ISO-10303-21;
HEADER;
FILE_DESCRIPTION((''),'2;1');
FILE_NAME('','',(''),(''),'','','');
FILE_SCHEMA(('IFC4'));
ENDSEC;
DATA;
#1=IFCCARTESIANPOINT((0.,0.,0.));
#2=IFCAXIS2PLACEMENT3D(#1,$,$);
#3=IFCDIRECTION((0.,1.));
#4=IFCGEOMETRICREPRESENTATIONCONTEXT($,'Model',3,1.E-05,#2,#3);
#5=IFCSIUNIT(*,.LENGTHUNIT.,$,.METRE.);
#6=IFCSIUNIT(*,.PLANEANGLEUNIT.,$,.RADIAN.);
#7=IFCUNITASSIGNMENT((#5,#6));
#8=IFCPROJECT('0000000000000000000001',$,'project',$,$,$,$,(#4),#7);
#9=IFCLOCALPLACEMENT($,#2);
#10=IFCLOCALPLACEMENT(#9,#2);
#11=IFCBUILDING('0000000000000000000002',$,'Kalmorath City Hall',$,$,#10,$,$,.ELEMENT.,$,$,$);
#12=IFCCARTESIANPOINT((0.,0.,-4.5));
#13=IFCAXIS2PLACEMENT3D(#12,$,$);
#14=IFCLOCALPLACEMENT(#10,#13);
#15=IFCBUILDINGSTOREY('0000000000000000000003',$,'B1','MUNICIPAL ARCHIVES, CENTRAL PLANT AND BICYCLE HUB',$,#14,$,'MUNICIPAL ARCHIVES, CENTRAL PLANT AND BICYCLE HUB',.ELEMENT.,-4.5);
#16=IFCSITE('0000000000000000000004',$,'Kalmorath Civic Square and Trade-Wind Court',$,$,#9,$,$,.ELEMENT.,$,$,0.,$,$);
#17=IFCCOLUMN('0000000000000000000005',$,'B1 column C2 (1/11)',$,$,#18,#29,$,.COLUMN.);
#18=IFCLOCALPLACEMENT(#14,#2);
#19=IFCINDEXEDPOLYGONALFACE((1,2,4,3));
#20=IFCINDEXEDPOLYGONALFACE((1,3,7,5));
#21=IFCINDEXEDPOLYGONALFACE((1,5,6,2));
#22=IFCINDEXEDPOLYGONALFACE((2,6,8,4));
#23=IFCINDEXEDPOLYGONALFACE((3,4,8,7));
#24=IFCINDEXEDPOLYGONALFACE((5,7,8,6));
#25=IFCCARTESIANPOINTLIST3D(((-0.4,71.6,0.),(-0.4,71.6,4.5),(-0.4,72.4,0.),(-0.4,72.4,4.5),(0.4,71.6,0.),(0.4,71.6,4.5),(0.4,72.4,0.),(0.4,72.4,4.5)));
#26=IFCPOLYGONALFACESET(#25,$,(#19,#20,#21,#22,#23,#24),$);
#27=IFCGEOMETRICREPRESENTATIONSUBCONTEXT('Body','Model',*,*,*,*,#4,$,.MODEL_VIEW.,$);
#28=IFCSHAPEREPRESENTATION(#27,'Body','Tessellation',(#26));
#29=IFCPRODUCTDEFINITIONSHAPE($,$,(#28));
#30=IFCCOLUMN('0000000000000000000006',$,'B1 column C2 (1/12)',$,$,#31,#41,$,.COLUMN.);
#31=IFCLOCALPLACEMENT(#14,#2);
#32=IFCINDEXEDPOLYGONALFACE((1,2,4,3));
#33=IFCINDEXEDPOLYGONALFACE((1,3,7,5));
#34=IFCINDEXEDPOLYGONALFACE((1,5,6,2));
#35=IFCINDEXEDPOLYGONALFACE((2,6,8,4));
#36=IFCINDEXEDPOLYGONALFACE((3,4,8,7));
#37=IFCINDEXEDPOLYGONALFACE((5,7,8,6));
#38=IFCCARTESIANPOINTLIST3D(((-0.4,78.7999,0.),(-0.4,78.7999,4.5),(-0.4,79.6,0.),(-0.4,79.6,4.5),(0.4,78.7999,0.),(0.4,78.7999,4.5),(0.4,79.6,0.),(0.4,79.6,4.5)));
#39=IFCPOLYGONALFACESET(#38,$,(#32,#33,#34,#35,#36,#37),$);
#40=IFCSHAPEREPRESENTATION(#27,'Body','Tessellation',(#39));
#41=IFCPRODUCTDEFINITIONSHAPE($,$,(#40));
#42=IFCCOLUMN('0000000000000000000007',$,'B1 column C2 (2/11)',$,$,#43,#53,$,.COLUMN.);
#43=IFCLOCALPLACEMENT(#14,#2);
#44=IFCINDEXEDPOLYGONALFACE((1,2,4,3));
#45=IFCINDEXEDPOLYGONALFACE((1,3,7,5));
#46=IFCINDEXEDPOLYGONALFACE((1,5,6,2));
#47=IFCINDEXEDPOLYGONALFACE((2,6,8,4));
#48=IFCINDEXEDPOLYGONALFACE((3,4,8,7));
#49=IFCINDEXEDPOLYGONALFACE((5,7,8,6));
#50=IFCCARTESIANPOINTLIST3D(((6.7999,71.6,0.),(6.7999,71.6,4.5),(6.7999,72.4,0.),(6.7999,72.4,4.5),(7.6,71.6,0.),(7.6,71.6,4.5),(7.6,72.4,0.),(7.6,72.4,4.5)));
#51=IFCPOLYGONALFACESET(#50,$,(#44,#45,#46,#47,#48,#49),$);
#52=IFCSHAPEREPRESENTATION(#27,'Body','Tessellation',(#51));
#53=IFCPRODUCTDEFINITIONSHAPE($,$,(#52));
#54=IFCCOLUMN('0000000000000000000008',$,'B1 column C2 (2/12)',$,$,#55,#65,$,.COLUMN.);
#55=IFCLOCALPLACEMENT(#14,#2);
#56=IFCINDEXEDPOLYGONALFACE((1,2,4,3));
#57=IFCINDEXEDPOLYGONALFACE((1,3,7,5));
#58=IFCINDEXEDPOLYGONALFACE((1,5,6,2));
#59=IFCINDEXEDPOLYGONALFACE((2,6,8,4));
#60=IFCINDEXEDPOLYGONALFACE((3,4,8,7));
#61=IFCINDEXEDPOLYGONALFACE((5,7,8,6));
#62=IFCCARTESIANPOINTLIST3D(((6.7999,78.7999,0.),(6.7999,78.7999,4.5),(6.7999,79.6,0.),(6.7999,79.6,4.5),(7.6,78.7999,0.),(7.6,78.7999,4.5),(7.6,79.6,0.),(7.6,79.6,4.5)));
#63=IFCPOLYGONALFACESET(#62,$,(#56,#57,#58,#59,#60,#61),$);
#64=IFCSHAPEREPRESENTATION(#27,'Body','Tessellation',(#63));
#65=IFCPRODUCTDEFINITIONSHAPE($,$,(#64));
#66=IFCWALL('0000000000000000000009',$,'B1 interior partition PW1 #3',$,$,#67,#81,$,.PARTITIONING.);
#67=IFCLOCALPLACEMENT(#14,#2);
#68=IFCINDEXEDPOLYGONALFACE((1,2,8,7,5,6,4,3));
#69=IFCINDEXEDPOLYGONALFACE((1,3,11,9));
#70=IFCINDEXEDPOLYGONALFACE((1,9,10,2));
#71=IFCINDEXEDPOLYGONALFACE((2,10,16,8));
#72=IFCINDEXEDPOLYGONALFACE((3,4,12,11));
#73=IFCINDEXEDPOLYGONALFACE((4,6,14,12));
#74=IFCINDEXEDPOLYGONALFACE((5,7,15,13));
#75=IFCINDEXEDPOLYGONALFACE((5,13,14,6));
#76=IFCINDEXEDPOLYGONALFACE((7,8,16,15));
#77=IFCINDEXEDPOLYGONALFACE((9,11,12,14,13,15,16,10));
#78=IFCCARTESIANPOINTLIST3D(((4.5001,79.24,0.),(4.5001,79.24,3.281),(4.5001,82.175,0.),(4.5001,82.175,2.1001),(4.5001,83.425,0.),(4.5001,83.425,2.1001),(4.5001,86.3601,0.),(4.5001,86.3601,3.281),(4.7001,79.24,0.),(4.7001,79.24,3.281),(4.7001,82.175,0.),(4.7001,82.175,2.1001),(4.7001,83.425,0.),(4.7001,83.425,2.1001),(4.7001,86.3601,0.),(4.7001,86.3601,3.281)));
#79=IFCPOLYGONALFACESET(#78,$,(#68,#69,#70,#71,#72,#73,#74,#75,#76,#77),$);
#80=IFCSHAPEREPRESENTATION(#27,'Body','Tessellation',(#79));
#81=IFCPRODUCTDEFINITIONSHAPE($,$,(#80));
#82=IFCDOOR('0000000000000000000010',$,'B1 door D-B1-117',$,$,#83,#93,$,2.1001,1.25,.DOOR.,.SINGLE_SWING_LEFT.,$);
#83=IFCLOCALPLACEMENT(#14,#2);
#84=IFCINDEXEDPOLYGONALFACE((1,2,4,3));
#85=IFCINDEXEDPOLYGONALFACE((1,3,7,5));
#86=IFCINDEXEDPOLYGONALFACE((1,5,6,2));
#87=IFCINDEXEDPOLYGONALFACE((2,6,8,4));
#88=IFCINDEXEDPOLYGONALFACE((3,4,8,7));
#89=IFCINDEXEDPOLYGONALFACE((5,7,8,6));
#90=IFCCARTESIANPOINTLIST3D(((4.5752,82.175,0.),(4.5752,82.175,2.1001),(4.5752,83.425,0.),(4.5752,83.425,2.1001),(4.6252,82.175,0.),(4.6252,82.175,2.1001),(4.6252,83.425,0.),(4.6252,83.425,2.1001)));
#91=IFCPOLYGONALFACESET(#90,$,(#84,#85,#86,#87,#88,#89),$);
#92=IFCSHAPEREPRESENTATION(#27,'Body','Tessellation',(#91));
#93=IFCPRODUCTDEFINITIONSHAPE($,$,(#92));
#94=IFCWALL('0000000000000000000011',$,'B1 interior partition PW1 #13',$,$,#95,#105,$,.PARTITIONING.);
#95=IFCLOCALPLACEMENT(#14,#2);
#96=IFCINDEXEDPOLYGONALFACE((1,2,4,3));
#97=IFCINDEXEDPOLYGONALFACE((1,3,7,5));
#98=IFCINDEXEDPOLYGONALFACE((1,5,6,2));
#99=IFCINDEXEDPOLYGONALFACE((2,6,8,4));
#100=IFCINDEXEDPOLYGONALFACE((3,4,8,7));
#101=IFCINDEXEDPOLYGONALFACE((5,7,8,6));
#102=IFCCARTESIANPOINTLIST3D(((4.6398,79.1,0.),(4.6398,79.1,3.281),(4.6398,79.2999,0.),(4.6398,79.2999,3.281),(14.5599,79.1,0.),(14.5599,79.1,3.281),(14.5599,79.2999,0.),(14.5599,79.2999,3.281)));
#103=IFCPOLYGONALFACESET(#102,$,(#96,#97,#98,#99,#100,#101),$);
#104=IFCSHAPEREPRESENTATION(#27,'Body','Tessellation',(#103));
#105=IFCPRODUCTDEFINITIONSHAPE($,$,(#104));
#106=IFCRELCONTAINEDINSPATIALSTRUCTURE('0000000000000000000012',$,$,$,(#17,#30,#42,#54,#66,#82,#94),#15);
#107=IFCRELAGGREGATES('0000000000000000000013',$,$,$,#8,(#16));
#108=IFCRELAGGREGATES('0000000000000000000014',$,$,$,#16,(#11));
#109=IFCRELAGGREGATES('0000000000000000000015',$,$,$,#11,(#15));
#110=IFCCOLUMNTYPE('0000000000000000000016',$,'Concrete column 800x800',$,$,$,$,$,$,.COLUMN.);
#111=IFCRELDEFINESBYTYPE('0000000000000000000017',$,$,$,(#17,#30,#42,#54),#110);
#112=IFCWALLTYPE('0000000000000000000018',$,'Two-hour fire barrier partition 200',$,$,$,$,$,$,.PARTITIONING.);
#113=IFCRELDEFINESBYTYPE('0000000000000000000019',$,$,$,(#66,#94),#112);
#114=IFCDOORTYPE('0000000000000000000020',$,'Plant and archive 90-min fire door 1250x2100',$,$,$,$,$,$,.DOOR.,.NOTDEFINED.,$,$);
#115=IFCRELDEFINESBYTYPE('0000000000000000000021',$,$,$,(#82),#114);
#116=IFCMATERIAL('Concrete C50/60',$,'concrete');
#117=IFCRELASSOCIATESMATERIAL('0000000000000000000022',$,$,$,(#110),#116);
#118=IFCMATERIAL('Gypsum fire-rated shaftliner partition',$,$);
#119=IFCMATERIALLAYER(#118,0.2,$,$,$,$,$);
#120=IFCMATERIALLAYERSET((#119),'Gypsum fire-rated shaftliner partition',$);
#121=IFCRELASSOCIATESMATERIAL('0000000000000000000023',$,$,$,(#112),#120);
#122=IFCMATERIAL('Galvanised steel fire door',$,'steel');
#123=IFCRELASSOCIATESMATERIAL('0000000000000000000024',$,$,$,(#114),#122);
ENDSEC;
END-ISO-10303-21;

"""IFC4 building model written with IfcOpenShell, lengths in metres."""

from ifc_helpers import new_model, si_unit, direction, frame, frame_2d, origin, origin_2d, place, context, subcontext, project, spatial, rectangle, extrude, material, layer, layer_set, material_profile, profile_set, type_object, element, fill, save


model = new_model("IFC4")

# Units and contexts
model_context = context("Model", 3, precision=1e-05, world=origin(), true_north=direction((0.0, 1.0)))
body_context = subcontext(model_context, "Body", "Model", "MODEL_VIEW")
ifc_project = project(units=[si_unit("LENGTHUNIT", "METRE"), si_unit("PLANEANGLEUNIT", "RADIAN")], contexts=[model_context])

# Site, building, storey
site_placement = place(None, origin())
site = spatial("IfcSite", under=ifc_project, at=site_placement, Name="Kalmorath Civic Square and Trade-Wind Court", CompositionType="ELEMENT", RefElevation=0.0)
building_placement = place(site_placement, origin())
building = spatial("IfcBuilding", under=site, at=building_placement, Name="Kalmorath City Hall", CompositionType="ELEMENT")
storey_placement = place(building_placement, frame((0.0, 0.0, -4.5)))
storey = spatial("IfcBuildingStorey", under=building, at=storey_placement, Name="B1", Description="MUNICIPAL ARCHIVES, CENTRAL PLANT AND BICYCLE HUB", LongName="MUNICIPAL ARCHIVES, CENTRAL PLANT AND BICYCLE HUB", CompositionType="ELEMENT", Elevation=-4.5)

# Columns
ifc_material_1 = material(Name="Concrete C50/60", Category="concrete")
ifc_material_profile_1 = material_profile(ifc_material_1, rectangle(XDim=0.8, YDim=0.8, at=origin_2d()), Name="RC-COL-800X800")
ifc_profile_set_1 = profile_set([ifc_material_profile_1], Name="Concrete C50/60")
column_type = type_object("IfcColumnType", Name="Concrete column 800x800", PredefinedType="COLUMN", material=ifc_profile_set_1)
for number, where, z_axis, x_axis, name in (
    (1, (0.0, 72.0, 0.0), (0.0, 0.0, 1.0), (1.0, 0.0, 0.0), "B1 column C2 (1/11)"),
    (2, (0.0, 79.2, 0.0), (0.0, 0.0, 1.0), (1.0, 0.0, 0.0), "B1 column C2 (1/12)"),
    (3, (7.2, 72.0, 0.0), (0.0, 0.0, 1.0), (1.0, 0.0, 0.0), "B1 column C2 (2/11)"),
    (4, (7.2, 79.2, 0.0), (0.0, 0.0, 1.0), (1.0, 0.0, 0.0), "B1 column C2 (2/12)"),
):
    element("IfcColumn", number, at=place(storey_placement, frame(where, z_axis=z_axis, x_axis=x_axis)), inside=storey, type_object=column_type, Name=name, PredefinedType="COLUMN", context=body_context, shape_type="SweptSolid", body=[
        extrude(rectangle(XDim=0.8, YDim=0.8, at=origin_2d()), origin(), (0.0, 0.0, 1.0), 4.5),
    ])

# Wall, opening, door
ifc_material_2 = material(Name="Gypsum fire-rated shaftliner partition")
ifc_layer = layer(ifc_material_2, 0.2)
ifc_layer_set = layer_set([ifc_layer], Name="Gypsum fire-rated shaftliner partition")
wall_type = type_object("IfcWallType", Name="Two-hour fire barrier partition 200", PredefinedType="PARTITIONING", material=ifc_layer_set)
wall_1_placement = place(storey_placement, frame((4.6001, 79.24, 0.0), z_axis=(0.0, 0.0, 1.0), x_axis=(0.0, 1.0, 0.0)))
wall_1 = element("IfcWall", 5, at=wall_1_placement, inside=storey, type_object=wall_type, Name="B1 interior partition PW1 #3", PredefinedType="PARTITIONING", context=body_context, shape_type="SweptSolid", body=[
    extrude(rectangle(XDim=7.1201, YDim=0.2, at=frame_2d((3.5601, 0.0))), origin(), (0.0, 0.0, 1.0), 3.281),
])
opening_placement = place(wall_1_placement, frame((2.9351, 0.0, 0.0)))
opening = element("IfcOpeningElement", 6, at=opening_placement, cuts=wall_1, PredefinedType="OPENING", context=body_context, shape_type="SweptSolid", body=[
    extrude(rectangle(XDim=1.25, YDim=2.1001, at=frame_2d((0.625, 1.05))), frame((0.0, 0.1099, 0.0), z_axis=(0.0, -1.0, 0.0), x_axis=(1.0, 0.0, 0.0)), (0.0, 0.0, 1.0), 0.22),
])
ifc_material_3 = material(Name="Galvanised steel fire door", Category="steel")
door_type = type_object("IfcDoorType", Name="Plant and archive 90-min fire door 1250x2100", OperationType="NOTDEFINED", PredefinedType="DOOR", material=ifc_material_3)
door_placement = place(opening_placement, origin())
door = element("IfcDoor", 7, at=door_placement, inside=storey, type_object=door_type, Name="B1 door D-B1-117", OperationType="SINGLE_SWING_LEFT", OverallHeight=2.1001, OverallWidth=1.25, PredefinedType="DOOR", context=body_context, shape_type="SweptSolid", body=[
    extrude(rectangle(XDim=1.25, YDim=2.1001, at=frame_2d((0.625, 1.05))), frame((0.0, 0.0249, 0.0), z_axis=(0.0, -1.0, 0.0), x_axis=(1.0, 0.0, 0.0)), (0.0, 0.0, 1.0), 0.05),
])
fill(opening, door)

# Wall
wall_2_placement = place(storey_placement, frame((4.6399, 79.2, 0.0), z_axis=(0.0, 0.0, 1.0), x_axis=(1.0, 0.0, 0.0)))
element("IfcWall", 8, at=wall_2_placement, inside=storey, type_object=wall_type, Name="B1 interior partition PW1 #13", PredefinedType="PARTITIONING", context=body_context, shape_type="SweptSolid", body=[
    extrude(rectangle(XDim=9.9202, YDim=0.2, at=frame_2d((4.96, 0.0))), origin(), (0.0, 0.0, 1.0), 3.281),
])

save(model, "model.ifc")
